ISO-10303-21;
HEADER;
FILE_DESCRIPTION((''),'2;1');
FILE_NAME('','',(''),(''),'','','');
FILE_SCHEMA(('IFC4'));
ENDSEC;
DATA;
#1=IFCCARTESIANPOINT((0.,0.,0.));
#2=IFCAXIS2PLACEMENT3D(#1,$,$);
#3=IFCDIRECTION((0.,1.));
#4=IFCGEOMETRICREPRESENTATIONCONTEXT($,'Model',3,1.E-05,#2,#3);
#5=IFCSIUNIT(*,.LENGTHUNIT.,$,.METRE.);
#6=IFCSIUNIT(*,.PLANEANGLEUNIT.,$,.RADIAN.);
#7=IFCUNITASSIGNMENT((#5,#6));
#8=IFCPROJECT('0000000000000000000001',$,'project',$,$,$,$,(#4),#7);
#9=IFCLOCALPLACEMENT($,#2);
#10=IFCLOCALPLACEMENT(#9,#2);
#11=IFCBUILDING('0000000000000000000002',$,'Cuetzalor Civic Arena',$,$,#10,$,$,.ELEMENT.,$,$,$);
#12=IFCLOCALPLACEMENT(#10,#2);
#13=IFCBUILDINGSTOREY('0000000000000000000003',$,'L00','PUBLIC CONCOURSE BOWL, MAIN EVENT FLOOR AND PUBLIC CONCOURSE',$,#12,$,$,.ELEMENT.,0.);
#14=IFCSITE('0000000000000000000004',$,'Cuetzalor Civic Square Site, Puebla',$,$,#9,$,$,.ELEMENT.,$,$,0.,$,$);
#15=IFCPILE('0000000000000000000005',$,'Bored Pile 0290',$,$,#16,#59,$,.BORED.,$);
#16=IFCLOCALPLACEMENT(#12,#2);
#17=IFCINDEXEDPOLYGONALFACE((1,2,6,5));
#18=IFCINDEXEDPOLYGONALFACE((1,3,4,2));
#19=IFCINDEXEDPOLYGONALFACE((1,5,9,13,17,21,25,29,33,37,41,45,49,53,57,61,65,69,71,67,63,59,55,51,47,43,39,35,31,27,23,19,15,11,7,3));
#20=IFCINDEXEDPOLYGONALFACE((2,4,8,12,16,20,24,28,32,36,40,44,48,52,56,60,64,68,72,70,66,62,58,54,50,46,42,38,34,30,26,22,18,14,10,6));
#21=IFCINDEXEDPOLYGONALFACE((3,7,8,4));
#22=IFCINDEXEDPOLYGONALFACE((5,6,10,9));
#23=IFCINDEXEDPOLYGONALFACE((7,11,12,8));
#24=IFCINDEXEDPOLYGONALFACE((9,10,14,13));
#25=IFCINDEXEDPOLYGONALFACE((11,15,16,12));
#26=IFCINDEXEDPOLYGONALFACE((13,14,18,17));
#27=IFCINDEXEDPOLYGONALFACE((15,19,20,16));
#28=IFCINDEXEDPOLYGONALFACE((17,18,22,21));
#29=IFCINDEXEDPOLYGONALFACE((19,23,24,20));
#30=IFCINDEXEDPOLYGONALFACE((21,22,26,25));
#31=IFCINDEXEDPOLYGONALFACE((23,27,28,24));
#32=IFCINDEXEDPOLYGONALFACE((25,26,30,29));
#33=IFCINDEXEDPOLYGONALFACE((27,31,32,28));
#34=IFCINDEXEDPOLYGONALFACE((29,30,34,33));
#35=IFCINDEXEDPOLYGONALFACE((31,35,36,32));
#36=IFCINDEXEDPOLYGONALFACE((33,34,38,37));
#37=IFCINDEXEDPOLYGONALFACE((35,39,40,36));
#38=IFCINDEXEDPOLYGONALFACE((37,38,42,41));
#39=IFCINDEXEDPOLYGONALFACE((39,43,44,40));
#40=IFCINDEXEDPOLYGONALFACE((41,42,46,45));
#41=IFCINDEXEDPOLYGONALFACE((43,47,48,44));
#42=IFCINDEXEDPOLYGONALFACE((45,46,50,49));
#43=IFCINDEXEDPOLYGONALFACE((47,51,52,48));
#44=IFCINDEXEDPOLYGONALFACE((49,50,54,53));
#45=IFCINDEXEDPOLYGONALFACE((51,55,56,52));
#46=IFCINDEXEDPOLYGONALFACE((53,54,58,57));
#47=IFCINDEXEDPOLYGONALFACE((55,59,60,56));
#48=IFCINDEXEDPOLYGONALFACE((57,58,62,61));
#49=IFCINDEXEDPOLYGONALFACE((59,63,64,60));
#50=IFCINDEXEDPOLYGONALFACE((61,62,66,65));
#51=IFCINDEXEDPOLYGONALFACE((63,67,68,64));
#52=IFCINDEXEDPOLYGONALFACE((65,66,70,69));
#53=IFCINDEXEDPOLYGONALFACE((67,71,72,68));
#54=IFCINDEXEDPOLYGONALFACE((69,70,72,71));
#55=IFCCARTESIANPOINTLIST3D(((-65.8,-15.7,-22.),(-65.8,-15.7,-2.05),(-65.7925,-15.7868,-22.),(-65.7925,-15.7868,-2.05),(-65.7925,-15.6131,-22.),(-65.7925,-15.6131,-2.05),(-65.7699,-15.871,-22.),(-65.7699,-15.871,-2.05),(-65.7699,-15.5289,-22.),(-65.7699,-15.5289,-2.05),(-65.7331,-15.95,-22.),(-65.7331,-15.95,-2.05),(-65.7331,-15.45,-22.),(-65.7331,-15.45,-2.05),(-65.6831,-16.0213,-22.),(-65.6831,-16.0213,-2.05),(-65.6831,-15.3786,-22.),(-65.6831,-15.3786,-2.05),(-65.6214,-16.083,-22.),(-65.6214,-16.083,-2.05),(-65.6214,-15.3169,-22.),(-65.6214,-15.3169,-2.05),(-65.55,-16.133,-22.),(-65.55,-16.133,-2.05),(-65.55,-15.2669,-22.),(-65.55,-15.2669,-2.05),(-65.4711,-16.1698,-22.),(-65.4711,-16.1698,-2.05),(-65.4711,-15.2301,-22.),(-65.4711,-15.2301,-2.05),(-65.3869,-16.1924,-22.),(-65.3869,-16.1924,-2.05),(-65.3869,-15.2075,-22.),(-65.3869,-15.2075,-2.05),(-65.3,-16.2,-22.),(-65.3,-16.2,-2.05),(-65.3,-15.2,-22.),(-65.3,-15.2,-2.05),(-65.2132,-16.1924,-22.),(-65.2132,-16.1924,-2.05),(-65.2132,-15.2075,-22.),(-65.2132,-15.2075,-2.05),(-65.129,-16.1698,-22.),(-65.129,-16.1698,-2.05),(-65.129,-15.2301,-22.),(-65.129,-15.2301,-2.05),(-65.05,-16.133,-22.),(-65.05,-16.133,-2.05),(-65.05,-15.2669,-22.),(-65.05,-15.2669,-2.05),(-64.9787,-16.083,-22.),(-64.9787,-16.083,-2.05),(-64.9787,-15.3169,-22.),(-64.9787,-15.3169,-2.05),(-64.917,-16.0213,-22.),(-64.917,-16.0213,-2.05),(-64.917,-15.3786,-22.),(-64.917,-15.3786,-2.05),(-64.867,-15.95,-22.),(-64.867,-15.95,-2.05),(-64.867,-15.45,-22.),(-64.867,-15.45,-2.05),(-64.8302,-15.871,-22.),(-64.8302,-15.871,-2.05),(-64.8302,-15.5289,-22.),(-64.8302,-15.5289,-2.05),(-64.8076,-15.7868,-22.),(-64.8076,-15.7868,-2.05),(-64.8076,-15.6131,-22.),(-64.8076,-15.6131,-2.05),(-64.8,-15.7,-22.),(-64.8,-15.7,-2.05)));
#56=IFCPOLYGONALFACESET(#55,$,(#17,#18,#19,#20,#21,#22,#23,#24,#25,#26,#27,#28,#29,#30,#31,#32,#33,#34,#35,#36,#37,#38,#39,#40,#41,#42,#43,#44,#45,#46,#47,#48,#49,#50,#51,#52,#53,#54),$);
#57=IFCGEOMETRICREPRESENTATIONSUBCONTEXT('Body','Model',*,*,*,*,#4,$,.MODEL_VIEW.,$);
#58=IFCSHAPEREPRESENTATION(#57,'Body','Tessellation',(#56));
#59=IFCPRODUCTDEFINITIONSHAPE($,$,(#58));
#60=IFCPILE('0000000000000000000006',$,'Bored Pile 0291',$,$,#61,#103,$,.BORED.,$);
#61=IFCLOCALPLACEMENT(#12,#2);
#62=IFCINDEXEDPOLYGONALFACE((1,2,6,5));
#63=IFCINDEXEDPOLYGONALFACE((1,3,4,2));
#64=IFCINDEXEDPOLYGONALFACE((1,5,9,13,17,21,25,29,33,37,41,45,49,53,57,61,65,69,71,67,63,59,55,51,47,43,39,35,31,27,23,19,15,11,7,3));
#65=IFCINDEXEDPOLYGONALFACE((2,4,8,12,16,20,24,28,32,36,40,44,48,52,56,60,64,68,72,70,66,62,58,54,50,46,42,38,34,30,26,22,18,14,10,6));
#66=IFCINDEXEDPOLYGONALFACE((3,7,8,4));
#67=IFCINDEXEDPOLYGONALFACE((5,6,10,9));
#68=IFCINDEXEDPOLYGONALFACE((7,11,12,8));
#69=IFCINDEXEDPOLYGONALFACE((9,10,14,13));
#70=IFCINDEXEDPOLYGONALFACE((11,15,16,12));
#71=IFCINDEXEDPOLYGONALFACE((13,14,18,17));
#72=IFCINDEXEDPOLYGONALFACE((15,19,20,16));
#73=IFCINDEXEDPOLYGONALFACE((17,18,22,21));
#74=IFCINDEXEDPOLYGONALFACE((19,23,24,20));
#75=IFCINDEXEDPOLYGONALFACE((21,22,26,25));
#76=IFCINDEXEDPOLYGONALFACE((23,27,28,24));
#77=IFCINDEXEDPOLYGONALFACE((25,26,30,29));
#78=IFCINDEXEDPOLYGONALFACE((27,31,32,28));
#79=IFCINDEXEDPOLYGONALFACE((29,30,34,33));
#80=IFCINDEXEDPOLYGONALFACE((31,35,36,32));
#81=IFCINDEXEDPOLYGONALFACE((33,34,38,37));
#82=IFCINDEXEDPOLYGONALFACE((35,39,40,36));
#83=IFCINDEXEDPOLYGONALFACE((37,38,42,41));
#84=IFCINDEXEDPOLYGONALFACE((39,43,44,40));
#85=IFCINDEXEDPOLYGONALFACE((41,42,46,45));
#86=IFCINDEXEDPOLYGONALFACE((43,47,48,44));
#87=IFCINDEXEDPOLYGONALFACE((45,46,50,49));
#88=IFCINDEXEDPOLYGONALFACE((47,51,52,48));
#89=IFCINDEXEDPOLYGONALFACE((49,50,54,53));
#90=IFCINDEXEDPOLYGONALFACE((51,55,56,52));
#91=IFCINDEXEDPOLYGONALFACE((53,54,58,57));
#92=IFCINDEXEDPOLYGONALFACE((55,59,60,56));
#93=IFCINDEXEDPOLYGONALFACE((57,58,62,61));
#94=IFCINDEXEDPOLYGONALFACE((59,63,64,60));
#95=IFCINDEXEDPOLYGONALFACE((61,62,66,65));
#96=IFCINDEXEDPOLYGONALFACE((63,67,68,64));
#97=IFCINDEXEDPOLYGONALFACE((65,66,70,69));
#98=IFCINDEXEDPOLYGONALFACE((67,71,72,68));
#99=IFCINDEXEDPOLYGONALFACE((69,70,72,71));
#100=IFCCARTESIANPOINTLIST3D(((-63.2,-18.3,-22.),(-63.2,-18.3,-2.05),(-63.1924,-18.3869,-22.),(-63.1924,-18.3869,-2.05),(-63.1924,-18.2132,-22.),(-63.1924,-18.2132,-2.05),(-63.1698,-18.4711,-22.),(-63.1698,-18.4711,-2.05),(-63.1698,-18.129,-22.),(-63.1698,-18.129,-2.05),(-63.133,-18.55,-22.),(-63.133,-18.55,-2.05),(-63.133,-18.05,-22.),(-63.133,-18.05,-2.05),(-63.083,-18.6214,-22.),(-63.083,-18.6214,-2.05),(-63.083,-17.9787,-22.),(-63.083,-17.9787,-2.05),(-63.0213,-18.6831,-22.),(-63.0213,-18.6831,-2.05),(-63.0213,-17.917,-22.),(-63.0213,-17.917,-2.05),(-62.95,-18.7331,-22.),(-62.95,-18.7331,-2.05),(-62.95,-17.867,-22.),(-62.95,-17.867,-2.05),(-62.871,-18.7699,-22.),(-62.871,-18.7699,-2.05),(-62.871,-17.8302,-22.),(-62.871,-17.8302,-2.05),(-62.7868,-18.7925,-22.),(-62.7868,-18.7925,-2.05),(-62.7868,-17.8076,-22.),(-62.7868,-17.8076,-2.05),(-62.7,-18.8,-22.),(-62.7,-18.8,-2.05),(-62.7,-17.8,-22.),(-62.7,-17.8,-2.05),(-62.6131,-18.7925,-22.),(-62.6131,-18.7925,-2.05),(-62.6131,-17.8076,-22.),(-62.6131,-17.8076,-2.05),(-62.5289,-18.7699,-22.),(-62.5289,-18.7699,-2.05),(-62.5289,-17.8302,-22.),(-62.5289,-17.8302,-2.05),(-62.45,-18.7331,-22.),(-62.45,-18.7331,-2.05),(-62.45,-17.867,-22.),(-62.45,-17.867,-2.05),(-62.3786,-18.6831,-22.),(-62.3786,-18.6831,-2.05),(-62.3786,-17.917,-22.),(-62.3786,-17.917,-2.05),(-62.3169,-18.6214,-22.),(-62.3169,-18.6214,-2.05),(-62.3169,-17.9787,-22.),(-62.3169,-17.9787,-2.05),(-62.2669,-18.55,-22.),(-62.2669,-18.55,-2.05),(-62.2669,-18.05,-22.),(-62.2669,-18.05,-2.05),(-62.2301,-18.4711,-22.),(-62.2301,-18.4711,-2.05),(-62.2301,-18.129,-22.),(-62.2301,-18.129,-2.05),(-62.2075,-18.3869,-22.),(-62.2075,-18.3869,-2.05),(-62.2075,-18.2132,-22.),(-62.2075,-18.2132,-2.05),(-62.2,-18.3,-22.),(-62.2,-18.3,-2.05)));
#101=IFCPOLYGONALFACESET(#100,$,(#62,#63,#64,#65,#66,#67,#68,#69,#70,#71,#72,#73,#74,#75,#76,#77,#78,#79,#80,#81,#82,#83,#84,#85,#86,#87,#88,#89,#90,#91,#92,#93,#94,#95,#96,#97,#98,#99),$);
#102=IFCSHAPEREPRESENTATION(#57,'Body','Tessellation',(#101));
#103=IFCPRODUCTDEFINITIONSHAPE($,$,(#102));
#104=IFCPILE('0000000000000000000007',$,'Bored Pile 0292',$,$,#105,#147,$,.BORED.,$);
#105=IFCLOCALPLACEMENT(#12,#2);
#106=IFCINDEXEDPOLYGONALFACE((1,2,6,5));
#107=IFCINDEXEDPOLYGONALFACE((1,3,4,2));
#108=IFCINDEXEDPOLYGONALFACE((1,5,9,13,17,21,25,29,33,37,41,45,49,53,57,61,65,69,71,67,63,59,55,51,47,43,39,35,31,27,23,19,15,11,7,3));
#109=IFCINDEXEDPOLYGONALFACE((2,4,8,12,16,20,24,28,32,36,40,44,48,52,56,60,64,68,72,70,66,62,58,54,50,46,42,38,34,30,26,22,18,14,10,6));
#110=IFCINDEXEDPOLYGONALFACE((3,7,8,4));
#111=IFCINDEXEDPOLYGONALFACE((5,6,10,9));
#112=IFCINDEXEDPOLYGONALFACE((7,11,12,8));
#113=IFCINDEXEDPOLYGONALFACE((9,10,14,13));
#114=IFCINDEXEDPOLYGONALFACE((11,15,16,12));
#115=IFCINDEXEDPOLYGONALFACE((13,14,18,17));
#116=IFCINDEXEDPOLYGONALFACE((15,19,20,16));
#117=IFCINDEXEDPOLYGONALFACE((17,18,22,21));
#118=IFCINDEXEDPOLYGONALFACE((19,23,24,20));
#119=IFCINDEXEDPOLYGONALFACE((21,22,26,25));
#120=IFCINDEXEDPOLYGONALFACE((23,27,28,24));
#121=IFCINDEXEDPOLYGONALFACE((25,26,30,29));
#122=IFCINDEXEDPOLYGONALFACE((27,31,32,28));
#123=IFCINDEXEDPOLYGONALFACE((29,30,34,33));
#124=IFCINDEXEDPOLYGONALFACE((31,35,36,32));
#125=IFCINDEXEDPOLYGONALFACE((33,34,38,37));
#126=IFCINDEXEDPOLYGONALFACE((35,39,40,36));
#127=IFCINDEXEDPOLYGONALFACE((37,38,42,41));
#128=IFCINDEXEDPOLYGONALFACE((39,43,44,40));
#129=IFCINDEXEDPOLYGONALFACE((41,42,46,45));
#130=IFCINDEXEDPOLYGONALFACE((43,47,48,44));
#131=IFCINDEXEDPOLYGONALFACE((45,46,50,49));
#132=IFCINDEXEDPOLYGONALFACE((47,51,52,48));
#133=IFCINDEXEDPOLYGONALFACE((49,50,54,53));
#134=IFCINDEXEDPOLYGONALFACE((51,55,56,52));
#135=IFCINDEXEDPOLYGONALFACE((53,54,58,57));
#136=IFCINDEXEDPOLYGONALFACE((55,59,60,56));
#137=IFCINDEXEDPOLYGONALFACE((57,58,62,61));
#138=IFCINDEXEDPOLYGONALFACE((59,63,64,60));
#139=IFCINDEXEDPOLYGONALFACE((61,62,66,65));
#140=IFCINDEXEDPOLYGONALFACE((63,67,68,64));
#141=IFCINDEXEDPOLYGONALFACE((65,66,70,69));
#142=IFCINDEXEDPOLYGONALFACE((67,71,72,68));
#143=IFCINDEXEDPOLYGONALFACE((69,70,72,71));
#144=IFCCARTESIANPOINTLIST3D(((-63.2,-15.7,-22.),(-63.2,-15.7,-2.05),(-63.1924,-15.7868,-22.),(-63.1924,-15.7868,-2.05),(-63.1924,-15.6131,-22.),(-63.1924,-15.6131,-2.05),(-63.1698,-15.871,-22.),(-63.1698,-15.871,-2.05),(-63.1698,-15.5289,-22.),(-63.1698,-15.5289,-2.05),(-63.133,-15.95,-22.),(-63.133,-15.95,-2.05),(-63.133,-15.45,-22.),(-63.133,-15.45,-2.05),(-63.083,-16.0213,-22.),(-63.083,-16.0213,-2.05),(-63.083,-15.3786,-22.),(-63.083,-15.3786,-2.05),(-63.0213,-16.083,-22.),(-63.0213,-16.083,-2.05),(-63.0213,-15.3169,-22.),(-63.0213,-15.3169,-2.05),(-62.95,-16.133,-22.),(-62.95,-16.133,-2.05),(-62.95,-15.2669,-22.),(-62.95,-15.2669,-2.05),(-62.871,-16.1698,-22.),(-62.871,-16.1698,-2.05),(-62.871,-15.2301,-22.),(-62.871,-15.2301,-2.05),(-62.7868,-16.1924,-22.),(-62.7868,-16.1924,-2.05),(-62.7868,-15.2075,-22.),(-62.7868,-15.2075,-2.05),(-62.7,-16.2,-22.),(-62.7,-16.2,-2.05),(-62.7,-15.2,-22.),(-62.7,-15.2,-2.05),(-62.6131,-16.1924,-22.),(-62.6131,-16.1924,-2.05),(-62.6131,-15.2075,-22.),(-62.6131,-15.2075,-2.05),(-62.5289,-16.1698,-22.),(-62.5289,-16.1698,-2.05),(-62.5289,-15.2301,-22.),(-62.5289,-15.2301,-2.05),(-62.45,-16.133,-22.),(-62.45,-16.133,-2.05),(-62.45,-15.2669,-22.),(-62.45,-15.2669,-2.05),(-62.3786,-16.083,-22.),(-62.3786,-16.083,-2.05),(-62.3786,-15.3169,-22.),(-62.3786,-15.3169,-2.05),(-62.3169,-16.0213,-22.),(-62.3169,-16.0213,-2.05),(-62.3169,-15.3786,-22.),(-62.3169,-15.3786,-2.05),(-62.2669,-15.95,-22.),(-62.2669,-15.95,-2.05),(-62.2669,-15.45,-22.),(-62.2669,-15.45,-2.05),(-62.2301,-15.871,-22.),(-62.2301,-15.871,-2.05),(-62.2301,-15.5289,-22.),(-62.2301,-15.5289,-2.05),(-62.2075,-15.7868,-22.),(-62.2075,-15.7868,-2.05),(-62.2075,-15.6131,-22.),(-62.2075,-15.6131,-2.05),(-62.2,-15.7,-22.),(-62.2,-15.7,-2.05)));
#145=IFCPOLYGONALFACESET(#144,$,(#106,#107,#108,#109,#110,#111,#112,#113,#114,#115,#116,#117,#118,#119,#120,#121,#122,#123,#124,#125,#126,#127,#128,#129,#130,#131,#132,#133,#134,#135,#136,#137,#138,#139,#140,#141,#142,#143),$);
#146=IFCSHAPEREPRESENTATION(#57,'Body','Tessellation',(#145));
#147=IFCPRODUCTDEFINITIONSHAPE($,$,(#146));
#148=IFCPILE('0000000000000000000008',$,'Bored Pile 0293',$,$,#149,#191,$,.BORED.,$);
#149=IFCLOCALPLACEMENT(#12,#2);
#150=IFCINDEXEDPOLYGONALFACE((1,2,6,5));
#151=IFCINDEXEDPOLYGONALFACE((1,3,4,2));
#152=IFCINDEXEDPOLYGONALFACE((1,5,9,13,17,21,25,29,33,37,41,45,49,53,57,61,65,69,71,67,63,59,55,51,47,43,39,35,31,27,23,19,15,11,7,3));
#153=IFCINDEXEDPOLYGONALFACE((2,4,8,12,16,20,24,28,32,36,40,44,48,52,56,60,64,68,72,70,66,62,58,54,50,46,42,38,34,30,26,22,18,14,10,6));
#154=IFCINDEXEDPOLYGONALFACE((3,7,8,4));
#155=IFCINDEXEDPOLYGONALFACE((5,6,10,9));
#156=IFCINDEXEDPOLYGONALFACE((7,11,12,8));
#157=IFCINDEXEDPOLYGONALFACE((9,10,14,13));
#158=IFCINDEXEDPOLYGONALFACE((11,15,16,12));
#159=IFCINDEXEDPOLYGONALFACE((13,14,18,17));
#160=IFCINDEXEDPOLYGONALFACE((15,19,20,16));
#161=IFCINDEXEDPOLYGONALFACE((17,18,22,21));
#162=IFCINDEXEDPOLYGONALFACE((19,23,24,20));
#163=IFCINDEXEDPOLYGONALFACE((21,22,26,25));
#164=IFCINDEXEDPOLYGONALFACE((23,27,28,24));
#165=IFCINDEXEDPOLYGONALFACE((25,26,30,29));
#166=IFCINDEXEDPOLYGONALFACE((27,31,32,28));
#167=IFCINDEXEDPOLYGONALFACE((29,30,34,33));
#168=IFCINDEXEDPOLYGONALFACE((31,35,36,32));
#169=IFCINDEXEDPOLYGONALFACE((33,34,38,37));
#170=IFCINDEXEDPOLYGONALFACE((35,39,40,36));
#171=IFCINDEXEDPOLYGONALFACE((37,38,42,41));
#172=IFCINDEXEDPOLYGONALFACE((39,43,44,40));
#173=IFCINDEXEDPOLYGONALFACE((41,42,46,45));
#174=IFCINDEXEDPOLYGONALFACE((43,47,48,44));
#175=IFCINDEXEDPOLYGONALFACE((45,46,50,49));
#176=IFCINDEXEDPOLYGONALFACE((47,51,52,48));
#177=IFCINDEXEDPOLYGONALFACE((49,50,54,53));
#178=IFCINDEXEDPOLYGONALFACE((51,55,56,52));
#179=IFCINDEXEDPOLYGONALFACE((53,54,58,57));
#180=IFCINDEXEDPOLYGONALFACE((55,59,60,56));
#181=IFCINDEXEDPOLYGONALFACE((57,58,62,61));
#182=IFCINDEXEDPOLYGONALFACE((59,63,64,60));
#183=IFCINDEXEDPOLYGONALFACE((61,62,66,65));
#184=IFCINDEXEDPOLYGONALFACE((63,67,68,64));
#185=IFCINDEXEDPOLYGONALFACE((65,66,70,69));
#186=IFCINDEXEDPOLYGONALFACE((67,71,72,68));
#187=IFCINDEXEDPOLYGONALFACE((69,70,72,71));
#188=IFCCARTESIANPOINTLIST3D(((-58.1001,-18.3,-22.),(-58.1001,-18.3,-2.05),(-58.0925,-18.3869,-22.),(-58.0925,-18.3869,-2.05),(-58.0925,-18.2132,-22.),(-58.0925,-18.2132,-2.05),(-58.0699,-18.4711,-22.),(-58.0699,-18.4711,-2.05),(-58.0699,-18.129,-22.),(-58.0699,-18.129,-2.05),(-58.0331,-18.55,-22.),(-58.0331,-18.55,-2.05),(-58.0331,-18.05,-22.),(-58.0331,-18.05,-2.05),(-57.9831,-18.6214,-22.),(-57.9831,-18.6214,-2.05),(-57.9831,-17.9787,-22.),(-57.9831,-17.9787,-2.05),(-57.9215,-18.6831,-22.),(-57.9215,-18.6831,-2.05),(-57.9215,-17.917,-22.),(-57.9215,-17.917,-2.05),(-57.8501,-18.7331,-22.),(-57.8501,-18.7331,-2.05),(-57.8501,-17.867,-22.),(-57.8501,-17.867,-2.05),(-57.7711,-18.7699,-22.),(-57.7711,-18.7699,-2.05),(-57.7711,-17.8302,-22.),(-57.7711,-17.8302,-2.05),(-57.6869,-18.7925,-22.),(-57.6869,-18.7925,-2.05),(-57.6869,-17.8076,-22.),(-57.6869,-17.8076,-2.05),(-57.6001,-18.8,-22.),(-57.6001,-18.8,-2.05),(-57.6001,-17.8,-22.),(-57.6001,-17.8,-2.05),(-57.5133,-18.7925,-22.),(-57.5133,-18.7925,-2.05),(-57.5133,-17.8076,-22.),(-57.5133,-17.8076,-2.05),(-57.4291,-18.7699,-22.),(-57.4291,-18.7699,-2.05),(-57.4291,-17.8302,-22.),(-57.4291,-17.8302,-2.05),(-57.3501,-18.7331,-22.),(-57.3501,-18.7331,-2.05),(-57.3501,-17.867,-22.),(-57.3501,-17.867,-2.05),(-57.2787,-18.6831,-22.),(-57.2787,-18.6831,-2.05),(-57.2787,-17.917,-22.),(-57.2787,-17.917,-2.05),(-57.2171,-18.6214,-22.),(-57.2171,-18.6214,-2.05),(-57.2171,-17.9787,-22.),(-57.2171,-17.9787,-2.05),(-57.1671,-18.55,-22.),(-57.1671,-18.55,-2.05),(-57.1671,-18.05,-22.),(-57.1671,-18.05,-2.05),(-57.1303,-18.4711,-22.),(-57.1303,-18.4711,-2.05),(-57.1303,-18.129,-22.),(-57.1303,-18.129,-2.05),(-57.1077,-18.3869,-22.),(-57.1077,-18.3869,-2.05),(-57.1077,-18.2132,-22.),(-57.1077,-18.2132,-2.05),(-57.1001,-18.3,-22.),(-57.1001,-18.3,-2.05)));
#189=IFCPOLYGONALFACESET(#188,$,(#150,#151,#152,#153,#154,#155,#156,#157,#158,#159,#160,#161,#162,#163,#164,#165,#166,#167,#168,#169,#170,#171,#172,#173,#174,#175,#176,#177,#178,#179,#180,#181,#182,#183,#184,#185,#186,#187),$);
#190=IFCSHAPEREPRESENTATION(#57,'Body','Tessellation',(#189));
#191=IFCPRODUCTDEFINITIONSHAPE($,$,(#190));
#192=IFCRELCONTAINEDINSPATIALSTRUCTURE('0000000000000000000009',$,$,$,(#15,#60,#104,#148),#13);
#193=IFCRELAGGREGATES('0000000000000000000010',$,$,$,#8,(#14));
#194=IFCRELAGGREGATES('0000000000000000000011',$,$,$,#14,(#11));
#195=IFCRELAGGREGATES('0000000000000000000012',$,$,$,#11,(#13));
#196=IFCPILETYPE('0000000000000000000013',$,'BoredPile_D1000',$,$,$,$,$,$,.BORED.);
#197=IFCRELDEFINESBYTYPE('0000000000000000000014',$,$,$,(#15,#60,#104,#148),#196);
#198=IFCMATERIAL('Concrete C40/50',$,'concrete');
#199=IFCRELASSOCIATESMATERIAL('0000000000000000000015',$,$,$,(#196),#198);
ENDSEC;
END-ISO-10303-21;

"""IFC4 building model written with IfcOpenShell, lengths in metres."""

from ifc_helpers import new_model, si_unit, direction, frame, origin, origin_2d, place, context, subcontext, project, spatial, circle, extrude, material, material_profile, profile_set, type_object, element, save


model = new_model("IFC4")

# Units and contexts
model_context = context("Model", 3, precision=1e-05, world=origin(), true_north=direction((0.0, 1.0)))
body_context = subcontext(model_context, "Body", "Model", "MODEL_VIEW")
ifc_project = project(units=[si_unit("LENGTHUNIT", "METRE"), si_unit("PLANEANGLEUNIT", "RADIAN")], contexts=[model_context])

# Site, building, storey
site_placement = place(None, origin())
site = spatial("IfcSite", under=ifc_project, at=site_placement, Name="Cuetzalor Civic Square Site, Puebla", CompositionType="ELEMENT", RefElevation=0.0)
building_placement = place(site_placement, origin())
building = spatial("IfcBuilding", under=site, at=building_placement, Name="Cuetzalor Civic Arena", CompositionType="ELEMENT")
storey_placement = place(building_placement, origin())
storey = spatial("IfcBuildingStorey", under=building, at=storey_placement, Name="L00", Description="PUBLIC CONCOURSE BOWL, MAIN EVENT FLOOR AND PUBLIC CONCOURSE", CompositionType="ELEMENT", Elevation=0.0)

# Piles
ifc_material_1 = material(Name="Concrete C40/50", Category="concrete")
ifc_material_profile_1 = material_profile(ifc_material_1, circle(Radius=0.5, at=origin_2d()), Name="BORED PILE D1000")
ifc_profile_set_1 = profile_set([ifc_material_profile_1], Name="Concrete C40/50")
pile_type_1 = type_object("IfcPileType", Name="BoredPile_D1000", PredefinedType="BORED", material=ifc_profile_set_1)
for number, where, z_axis, x_axis, name in (
    (1, (-65.3, -15.7, -2.05), (0.0, 0.0, -1.0), (1.0, 0.0, 0.0), "Bored Pile 0290"),
    (2, (-62.7, -18.3, -2.05), (0.0, 0.0, -1.0), (1.0, 0.0, 0.0), "Bored Pile 0291"),
    (3, (-62.7, -15.7, -2.05), (0.0, 0.0, -1.0), (1.0, 0.0, 0.0), "Bored Pile 0292"),
    (4, (-57.6001, -18.3, -2.05), (0.0, 0.0, -1.0), (1.0, 0.0, 0.0), "Bored Pile 0293"),
):
    element("IfcPile", number, at=place(storey_placement, frame(where, z_axis=z_axis, x_axis=x_axis)), inside=storey, type_object=pile_type_1, Name=name, PredefinedType="BORED", context=body_context, shape_type="SweptSolid", body=[
        extrude(circle(Radius=0.5, at=origin_2d()), origin(), (0.0, 0.0, 1.0), 19.95),
    ])

save(model, "model.ifc")
